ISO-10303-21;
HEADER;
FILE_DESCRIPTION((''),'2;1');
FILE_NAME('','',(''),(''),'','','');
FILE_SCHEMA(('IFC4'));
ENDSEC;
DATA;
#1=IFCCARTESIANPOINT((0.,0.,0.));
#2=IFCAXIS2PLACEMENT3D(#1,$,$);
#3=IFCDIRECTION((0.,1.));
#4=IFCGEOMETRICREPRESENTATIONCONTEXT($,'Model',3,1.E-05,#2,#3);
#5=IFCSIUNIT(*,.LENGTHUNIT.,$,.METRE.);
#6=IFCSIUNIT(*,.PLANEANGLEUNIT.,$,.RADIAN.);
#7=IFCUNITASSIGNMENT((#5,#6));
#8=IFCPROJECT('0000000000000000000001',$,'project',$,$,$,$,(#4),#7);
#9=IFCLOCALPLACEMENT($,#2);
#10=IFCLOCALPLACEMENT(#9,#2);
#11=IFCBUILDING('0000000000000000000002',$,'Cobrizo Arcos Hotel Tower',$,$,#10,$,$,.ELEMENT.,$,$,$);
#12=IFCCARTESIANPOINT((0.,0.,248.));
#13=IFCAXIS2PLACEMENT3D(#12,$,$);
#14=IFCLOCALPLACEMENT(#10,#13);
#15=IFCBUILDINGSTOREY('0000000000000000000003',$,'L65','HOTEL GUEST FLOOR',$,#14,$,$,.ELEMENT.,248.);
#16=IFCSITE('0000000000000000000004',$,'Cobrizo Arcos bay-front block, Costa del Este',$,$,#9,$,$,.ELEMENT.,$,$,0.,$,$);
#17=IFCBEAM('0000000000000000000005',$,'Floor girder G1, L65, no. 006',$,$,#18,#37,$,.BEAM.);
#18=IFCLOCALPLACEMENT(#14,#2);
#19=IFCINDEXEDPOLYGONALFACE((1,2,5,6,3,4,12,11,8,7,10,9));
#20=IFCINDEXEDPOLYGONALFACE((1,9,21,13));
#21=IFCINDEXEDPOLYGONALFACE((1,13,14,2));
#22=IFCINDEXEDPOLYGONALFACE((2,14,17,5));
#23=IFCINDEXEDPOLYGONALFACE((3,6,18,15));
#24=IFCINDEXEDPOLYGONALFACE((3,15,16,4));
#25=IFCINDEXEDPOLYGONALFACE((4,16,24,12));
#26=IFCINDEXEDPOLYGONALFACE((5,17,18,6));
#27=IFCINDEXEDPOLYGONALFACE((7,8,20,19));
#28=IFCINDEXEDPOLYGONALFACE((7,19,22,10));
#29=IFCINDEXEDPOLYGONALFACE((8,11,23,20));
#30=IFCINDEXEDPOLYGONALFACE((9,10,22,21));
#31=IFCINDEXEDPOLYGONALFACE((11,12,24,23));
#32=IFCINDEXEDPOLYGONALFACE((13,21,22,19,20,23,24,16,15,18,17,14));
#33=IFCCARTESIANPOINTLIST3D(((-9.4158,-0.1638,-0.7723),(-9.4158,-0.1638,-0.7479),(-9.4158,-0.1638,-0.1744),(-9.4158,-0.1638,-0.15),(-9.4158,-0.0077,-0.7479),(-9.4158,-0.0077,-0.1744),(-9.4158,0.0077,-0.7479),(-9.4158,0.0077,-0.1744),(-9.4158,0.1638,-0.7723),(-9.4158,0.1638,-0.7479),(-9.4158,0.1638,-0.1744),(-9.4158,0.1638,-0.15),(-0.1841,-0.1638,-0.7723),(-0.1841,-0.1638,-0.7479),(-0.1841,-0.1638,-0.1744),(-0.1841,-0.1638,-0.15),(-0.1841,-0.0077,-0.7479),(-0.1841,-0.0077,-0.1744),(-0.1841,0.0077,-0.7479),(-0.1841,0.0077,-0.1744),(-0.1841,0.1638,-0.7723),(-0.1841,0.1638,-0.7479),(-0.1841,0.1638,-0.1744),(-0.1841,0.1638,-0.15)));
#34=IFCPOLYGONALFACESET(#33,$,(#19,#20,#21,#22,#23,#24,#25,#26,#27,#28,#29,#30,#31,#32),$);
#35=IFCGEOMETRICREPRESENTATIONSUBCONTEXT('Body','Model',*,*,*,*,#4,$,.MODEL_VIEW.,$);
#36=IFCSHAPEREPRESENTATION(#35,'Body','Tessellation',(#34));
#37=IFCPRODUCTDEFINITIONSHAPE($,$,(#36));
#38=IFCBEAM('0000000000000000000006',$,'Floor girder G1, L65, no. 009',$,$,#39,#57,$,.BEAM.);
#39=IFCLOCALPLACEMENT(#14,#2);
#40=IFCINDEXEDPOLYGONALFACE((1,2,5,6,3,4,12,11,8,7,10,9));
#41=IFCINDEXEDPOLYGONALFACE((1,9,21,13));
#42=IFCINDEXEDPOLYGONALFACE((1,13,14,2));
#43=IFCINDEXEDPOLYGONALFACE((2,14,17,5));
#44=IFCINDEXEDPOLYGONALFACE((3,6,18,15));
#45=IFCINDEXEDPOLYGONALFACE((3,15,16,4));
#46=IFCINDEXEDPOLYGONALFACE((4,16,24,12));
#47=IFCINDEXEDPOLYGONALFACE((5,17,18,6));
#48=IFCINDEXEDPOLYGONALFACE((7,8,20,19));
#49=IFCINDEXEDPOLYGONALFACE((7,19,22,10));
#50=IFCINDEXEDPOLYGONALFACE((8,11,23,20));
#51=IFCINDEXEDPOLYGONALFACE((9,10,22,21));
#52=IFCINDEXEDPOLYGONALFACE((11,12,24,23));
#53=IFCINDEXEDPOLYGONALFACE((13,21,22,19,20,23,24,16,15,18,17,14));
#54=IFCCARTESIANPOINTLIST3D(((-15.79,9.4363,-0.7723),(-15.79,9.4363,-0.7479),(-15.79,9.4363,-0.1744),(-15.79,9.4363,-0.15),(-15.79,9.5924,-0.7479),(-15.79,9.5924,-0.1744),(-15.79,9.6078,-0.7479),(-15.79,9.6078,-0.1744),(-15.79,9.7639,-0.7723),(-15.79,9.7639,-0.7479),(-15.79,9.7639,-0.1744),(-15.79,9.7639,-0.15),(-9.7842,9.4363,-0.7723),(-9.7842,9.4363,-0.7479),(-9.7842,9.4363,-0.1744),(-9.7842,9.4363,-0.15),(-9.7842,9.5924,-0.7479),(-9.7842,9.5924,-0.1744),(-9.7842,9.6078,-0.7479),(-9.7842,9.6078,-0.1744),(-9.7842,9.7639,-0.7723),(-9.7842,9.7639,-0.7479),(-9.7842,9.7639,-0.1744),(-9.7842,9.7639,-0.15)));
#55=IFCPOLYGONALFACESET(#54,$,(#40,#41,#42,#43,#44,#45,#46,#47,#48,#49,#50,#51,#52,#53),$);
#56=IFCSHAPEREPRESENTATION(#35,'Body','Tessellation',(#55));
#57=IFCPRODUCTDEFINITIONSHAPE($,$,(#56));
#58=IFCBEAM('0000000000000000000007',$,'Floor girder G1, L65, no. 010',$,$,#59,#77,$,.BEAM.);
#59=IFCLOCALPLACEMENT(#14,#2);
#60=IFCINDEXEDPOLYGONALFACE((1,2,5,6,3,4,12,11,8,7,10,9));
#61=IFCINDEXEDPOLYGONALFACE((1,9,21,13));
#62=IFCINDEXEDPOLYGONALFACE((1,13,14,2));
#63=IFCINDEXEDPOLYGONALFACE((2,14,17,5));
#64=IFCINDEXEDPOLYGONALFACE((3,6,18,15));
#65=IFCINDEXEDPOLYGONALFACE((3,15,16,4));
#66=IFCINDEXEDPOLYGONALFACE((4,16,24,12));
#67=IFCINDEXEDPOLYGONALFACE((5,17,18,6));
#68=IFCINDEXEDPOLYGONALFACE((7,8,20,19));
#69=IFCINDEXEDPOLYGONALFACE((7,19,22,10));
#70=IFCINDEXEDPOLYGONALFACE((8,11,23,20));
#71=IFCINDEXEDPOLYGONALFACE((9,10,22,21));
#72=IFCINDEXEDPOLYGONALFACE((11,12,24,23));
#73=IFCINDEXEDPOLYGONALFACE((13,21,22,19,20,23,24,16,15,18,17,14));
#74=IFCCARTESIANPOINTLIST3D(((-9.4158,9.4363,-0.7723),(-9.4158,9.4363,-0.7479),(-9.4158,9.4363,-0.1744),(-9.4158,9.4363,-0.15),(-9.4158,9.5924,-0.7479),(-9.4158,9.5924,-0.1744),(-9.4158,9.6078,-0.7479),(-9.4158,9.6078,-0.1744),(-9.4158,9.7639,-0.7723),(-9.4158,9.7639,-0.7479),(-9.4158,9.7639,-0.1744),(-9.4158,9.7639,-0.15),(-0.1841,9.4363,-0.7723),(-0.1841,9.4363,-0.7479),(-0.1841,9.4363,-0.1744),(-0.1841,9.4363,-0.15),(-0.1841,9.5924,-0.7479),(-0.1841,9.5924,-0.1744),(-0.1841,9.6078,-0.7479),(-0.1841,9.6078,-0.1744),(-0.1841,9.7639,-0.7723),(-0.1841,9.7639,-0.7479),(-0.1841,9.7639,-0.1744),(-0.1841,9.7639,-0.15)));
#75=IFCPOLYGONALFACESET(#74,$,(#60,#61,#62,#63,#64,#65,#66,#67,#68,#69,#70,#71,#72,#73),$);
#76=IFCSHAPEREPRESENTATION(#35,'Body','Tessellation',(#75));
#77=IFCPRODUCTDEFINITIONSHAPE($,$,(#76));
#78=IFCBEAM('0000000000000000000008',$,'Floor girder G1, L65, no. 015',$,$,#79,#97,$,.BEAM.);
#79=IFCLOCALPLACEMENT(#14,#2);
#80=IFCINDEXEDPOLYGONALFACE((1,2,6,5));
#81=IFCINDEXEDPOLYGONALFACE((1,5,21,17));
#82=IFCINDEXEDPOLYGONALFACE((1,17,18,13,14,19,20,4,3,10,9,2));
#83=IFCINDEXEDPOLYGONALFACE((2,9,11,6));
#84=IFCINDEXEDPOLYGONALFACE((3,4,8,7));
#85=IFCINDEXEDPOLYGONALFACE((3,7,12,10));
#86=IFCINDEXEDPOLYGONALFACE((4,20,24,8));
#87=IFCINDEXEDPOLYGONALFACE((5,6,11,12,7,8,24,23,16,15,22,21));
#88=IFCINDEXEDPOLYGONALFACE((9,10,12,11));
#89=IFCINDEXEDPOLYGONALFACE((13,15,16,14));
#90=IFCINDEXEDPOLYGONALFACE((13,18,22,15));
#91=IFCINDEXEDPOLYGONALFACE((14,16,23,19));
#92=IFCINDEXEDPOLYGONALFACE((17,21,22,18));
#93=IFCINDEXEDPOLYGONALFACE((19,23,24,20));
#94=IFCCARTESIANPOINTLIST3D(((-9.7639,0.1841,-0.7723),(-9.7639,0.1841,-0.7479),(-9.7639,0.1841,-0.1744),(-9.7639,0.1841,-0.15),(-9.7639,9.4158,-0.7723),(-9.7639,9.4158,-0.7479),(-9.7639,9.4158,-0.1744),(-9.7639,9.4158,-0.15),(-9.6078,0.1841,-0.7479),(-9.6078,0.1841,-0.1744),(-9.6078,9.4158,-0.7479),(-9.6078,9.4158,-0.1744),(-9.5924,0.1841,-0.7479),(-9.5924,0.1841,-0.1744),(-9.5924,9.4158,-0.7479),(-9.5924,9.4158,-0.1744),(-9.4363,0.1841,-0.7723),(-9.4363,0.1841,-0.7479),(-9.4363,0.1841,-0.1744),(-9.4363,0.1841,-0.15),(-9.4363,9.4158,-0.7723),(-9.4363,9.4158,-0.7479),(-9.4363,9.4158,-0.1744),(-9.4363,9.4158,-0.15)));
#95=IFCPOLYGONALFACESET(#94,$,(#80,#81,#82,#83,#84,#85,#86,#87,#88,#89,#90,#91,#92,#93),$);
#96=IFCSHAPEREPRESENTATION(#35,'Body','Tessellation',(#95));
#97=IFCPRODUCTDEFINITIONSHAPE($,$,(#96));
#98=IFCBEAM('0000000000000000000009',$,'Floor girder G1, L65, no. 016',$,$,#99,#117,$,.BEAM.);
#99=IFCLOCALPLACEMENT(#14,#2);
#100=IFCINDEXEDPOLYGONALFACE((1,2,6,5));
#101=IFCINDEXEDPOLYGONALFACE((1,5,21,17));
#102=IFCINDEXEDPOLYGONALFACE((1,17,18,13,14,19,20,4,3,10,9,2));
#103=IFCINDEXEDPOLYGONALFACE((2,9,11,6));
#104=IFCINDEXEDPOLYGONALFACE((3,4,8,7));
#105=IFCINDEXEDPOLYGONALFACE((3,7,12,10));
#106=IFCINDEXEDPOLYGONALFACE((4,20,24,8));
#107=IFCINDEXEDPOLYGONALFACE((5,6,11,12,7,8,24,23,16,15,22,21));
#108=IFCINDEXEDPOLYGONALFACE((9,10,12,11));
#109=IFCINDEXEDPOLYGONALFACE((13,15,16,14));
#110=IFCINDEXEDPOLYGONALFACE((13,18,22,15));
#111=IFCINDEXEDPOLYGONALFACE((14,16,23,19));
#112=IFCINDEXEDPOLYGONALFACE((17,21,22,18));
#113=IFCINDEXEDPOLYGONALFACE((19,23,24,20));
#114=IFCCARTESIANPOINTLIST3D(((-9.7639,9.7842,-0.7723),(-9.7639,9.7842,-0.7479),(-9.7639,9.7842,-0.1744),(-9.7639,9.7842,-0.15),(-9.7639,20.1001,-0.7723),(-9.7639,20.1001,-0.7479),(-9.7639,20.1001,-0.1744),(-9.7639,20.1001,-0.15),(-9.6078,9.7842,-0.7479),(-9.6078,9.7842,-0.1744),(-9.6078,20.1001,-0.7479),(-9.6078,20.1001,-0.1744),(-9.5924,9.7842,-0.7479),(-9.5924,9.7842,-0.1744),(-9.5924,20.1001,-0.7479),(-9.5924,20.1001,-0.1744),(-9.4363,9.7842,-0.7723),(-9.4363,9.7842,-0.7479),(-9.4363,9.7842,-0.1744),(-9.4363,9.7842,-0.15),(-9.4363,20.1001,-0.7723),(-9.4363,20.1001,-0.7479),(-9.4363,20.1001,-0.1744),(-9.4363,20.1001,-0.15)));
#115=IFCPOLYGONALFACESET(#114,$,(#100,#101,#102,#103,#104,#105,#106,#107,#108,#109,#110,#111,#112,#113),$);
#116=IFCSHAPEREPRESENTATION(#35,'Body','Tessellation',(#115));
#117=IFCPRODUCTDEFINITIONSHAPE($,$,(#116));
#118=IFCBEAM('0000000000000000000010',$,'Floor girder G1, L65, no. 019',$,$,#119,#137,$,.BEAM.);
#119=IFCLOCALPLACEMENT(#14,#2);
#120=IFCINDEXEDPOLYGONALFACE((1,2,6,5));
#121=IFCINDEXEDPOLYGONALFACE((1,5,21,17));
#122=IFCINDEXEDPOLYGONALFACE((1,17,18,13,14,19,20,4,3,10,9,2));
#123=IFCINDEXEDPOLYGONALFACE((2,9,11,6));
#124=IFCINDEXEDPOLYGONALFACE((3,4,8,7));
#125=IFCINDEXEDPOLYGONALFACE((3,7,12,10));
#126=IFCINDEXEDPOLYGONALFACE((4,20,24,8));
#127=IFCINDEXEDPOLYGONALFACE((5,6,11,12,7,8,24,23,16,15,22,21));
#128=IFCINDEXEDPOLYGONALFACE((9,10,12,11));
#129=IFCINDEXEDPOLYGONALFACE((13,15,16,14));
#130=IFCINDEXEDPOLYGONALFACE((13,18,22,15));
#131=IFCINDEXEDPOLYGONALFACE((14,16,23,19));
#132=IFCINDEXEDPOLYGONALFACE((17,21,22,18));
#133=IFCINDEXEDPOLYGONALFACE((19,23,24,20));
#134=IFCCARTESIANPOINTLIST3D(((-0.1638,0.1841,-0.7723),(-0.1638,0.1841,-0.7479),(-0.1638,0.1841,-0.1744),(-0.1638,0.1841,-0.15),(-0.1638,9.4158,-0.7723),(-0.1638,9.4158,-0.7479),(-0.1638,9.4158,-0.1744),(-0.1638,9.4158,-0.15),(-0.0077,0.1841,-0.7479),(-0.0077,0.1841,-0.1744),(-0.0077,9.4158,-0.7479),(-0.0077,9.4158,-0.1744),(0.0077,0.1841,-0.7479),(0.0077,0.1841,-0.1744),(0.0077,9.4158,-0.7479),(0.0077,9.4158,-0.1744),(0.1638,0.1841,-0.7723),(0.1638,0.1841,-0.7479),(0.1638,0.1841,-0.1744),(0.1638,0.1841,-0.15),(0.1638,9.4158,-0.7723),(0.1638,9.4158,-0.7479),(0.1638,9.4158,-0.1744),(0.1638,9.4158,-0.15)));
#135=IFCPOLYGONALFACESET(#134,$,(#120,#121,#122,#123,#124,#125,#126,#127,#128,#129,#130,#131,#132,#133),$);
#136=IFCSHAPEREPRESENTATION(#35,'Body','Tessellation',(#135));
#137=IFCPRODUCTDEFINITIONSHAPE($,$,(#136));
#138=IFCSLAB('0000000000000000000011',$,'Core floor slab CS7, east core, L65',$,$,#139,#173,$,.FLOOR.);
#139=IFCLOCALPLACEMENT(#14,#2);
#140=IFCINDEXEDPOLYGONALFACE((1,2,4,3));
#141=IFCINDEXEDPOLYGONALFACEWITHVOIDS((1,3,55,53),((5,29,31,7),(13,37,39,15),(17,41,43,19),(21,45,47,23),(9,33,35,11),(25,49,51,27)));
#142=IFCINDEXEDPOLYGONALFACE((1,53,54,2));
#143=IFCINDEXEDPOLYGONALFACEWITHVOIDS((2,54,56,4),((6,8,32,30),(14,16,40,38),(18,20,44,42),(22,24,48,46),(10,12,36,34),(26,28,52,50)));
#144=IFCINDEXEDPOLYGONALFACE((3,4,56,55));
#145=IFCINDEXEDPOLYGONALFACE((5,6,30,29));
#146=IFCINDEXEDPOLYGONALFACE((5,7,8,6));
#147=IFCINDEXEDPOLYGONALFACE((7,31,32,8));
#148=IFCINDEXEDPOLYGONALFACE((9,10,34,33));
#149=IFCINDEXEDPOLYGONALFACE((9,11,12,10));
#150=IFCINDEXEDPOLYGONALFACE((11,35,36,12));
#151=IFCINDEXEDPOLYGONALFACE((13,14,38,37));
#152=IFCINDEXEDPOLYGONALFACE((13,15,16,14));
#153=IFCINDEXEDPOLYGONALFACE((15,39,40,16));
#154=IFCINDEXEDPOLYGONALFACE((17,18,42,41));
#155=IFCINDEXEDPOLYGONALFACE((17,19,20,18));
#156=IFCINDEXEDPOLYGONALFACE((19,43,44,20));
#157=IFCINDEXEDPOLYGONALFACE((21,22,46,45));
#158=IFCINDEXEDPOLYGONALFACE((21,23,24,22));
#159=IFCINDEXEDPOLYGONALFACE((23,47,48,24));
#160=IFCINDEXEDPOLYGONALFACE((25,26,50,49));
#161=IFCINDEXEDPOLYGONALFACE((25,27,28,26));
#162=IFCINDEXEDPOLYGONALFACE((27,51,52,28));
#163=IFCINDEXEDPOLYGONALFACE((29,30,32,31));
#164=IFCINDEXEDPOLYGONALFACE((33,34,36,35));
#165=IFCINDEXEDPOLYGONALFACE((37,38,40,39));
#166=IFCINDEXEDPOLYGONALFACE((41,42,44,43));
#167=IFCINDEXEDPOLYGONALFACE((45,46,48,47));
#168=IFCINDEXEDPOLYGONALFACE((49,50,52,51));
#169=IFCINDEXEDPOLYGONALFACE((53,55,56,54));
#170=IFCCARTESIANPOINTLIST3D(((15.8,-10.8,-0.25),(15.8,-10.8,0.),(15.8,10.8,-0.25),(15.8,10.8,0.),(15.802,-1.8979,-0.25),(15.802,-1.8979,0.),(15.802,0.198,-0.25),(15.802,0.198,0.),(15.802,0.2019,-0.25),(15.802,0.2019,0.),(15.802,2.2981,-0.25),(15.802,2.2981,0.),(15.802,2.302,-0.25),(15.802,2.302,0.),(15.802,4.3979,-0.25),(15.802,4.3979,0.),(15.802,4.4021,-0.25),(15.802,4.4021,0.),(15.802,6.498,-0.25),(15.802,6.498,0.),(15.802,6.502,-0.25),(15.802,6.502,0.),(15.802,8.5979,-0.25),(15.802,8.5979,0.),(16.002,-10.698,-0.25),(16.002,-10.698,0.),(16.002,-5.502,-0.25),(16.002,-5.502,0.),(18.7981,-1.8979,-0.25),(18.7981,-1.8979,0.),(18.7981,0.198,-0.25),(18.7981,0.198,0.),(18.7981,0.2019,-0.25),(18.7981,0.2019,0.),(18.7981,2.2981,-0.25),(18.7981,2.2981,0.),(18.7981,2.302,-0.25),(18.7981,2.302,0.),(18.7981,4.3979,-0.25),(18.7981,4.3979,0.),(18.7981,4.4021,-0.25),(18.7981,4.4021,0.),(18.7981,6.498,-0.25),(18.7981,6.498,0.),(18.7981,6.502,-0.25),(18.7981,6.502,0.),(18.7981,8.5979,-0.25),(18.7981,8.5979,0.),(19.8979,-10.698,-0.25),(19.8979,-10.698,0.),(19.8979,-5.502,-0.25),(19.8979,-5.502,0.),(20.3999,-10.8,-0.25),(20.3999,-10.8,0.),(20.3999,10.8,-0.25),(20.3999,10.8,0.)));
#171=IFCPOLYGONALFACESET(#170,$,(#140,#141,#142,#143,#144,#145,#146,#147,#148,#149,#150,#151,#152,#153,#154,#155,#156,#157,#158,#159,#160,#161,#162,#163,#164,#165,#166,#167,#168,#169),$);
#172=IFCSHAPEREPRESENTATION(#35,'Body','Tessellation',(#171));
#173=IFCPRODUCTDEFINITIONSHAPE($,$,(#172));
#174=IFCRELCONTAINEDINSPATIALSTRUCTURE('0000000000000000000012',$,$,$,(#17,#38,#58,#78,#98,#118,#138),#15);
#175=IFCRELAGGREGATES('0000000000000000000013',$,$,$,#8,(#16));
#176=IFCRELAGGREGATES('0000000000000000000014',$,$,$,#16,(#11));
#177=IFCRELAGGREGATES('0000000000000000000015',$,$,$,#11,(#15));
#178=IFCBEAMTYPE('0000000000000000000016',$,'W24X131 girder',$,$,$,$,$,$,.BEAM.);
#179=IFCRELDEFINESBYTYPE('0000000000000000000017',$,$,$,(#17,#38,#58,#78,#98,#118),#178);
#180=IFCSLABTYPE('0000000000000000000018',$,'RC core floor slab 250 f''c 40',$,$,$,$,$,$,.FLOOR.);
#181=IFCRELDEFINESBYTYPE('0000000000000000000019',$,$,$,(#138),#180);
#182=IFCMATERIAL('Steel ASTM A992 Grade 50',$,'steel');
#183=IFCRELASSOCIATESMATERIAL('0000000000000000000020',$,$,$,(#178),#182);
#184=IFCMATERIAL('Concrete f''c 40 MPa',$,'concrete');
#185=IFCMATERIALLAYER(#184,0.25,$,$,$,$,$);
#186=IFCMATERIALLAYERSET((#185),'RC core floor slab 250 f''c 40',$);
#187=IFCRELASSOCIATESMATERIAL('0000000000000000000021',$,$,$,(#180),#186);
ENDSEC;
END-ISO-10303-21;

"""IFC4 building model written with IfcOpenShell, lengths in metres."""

from ifc_helpers import new_model, si_unit, direction, frame, origin, origin_2d, place, context, subcontext, project, spatial, polyline, i_section, outline, extrude, material, layer, layer_set, material_profile, profile_set, type_object, element, save


model = new_model("IFC4")

# Units and contexts
model_context = context("Model", 3, precision=1e-05, world=origin(), true_north=direction((0.0, 1.0)))
body_context = subcontext(model_context, "Body", "Model", "MODEL_VIEW")
ifc_project = project(units=[si_unit("LENGTHUNIT", "METRE"), si_unit("PLANEANGLEUNIT", "RADIAN")], contexts=[model_context])

# Site, building, storey
site_placement = place(None, origin())
site = spatial("IfcSite", under=ifc_project, at=site_placement, Name="Cobrizo Arcos bay-front block, Costa del Este", CompositionType="ELEMENT", RefElevation=0.0)
building_placement = place(site_placement, origin())
building = spatial("IfcBuilding", under=site, at=building_placement, Name="Cobrizo Arcos Hotel Tower", CompositionType="ELEMENT")
storey_placement = place(building_placement, frame((0.0, 0.0, 248.0)))
storey = spatial("IfcBuildingStorey", under=building, at=storey_placement, Name="L65", Description="HOTEL GUEST FLOOR", CompositionType="ELEMENT", Elevation=248.0)

# Shared definitions
ifc_material_1 = material(Name="Steel ASTM A992 Grade 50", Category="steel")

# Beams
ifc_material_profile_1 = material_profile(ifc_material_1, i_section(OverallWidth=0.3276, OverallDepth=0.6223, WebThickness=0.0154, FlangeThickness=0.0244, at=origin_2d()), Name="W24X131")
ifc_profile_set_1 = profile_set([ifc_material_profile_1], Name="Steel ASTM A992 Grade 50")
beam_type_1 = type_object("IfcBeamType", Name="W24X131 girder", PredefinedType="BEAM", material=ifc_profile_set_1)
beam_1_placement = place(storey_placement, frame((-9.4158, 0.0, -0.4612), z_axis=(1.0, 0.0, 0.0), x_axis=(0.0, 1.0, 0.0)))
element("IfcBeam", 1, at=beam_1_placement, inside=storey, type_object=beam_type_1, Name="Floor girder G1, L65, no. 006", PredefinedType="BEAM", context=body_context, shape_type="SweptSolid", body=[
    extrude(i_section(OverallWidth=0.3276, OverallDepth=0.6223, WebThickness=0.0154, FlangeThickness=0.0244, at=origin_2d()), origin(), (0.0, 0.0, 1.0), 9.2317),
])
beam_2_placement = place(storey_placement, frame((-15.79, 9.6001, -0.4612), z_axis=(1.0, 0.0, 0.0), x_axis=(0.0, 1.0, 0.0)))
element("IfcBeam", 2, at=beam_2_placement, inside=storey, type_object=beam_type_1, Name="Floor girder G1, L65, no. 009", PredefinedType="BEAM", context=body_context, shape_type="SweptSolid", body=[
    extrude(i_section(OverallWidth=0.3276, OverallDepth=0.6223, WebThickness=0.0154, FlangeThickness=0.0244, at=origin_2d()), origin(), (0.0, 0.0, 1.0), 6.0059),
])
for number, where, z_axis, x_axis, name in (
    (3, (-9.4158, 9.6001, -0.4612), (1.0, 0.0, 0.0), (0.0, 1.0, 0.0), "Floor girder G1, L65, no. 010"),
    (4, (-9.6001, 0.1841, -0.4612), (0.0, 1.0, 0.0), (-1.0, 0.0, 0.0), "Floor girder G1, L65, no. 015"),
):
    element("IfcBeam", number, at=place(storey_placement, frame(where, z_axis=z_axis, x_axis=x_axis)), inside=storey, type_object=beam_type_1, Name=name, PredefinedType="BEAM", context=body_context, shape_type="SweptSolid", body=[
        extrude(i_section(OverallWidth=0.3276, OverallDepth=0.6223, WebThickness=0.0154, FlangeThickness=0.0244, at=origin_2d()), origin(), (0.0, 0.0, 1.0), 9.2317),
    ])
beam_3_placement = place(storey_placement, frame((-9.6001, 9.7842, -0.4612), z_axis=(0.0, 1.0, 0.0), x_axis=(-1.0, 0.0, 0.0)))
element("IfcBeam", 5, at=beam_3_placement, inside=storey, type_object=beam_type_1, Name="Floor girder G1, L65, no. 016", PredefinedType="BEAM", context=body_context, shape_type="SweptSolid", body=[
    extrude(i_section(OverallWidth=0.3276, OverallDepth=0.6223, WebThickness=0.0154, FlangeThickness=0.0244, at=origin_2d()), origin(), (0.0, 0.0, 1.0), 10.3159),
])
beam_4_placement = place(storey_placement, frame((0.0, 0.1841, -0.4612), z_axis=(0.0, 1.0, 0.0), x_axis=(-1.0, 0.0, 0.0)))
element("IfcBeam", 6, at=beam_4_placement, inside=storey, type_object=beam_type_1, Name="Floor girder G1, L65, no. 019", PredefinedType="BEAM", context=body_context, shape_type="SweptSolid", body=[
    extrude(i_section(OverallWidth=0.3276, OverallDepth=0.6223, WebThickness=0.0154, FlangeThickness=0.0244, at=origin_2d()), origin(), (0.0, 0.0, 1.0), 9.2317),
])

# Slab
ifc_material_2 = material(Name="Concrete f'c 40 MPa", Category="concrete")
ifc_layer_1 = layer(ifc_material_2, 0.25)
ifc_layer_set_1 = layer_set([ifc_layer_1], Name="RC core floor slab 250 f'c 40")
slab_type_1 = type_object("IfcSlabType", Name="RC core floor slab 250 f'c 40", PredefinedType="FLOOR", material=ifc_layer_set_1)
slab_1_placement = place(storey_placement, frame((0.0, 0.0, -0.25)))
element("IfcSlab", 7, at=slab_1_placement, inside=storey, type_object=slab_type_1, Name="Core floor slab CS7, east core, L65", PredefinedType="FLOOR", context=body_context, shape_type="SweptSolid", body=[
    extrude(outline(polyline([(15.8, 10.8), (20.3999, 10.8), (20.3999, -10.8), (15.8, -10.8), (15.8, 10.8)]), holes=[polyline([(19.8979, -10.698), (19.8979, -5.502), (16.002, -5.502), (16.002, -10.698), (19.8979, -10.698)]), polyline([(15.802, 0.198), (15.802, -1.8979), (18.7981, -1.8979), (18.7981, 0.198), (15.802, 0.198)]), polyline([(15.802, 2.2981), (15.802, 0.2019), (18.7981, 0.2019), (18.7981, 2.2981), (15.802, 2.2981)]), polyline([(15.802, 4.3979), (15.802, 2.302), (18.7981, 2.302), (18.7981, 4.3979), (15.802, 4.3979)]), polyline([(18.7981, 6.498), (15.802, 6.498), (15.802, 4.4021), (18.7981, 4.4021), (18.7981, 6.498)]), polyline([(18.7981, 8.5979), (15.802, 8.5979), (15.802, 6.502), (18.7981, 6.502), (18.7981, 8.5979)])]), origin(), (0.0, 0.0, 1.0), 0.25),
])

save(model, "model.ifc")
